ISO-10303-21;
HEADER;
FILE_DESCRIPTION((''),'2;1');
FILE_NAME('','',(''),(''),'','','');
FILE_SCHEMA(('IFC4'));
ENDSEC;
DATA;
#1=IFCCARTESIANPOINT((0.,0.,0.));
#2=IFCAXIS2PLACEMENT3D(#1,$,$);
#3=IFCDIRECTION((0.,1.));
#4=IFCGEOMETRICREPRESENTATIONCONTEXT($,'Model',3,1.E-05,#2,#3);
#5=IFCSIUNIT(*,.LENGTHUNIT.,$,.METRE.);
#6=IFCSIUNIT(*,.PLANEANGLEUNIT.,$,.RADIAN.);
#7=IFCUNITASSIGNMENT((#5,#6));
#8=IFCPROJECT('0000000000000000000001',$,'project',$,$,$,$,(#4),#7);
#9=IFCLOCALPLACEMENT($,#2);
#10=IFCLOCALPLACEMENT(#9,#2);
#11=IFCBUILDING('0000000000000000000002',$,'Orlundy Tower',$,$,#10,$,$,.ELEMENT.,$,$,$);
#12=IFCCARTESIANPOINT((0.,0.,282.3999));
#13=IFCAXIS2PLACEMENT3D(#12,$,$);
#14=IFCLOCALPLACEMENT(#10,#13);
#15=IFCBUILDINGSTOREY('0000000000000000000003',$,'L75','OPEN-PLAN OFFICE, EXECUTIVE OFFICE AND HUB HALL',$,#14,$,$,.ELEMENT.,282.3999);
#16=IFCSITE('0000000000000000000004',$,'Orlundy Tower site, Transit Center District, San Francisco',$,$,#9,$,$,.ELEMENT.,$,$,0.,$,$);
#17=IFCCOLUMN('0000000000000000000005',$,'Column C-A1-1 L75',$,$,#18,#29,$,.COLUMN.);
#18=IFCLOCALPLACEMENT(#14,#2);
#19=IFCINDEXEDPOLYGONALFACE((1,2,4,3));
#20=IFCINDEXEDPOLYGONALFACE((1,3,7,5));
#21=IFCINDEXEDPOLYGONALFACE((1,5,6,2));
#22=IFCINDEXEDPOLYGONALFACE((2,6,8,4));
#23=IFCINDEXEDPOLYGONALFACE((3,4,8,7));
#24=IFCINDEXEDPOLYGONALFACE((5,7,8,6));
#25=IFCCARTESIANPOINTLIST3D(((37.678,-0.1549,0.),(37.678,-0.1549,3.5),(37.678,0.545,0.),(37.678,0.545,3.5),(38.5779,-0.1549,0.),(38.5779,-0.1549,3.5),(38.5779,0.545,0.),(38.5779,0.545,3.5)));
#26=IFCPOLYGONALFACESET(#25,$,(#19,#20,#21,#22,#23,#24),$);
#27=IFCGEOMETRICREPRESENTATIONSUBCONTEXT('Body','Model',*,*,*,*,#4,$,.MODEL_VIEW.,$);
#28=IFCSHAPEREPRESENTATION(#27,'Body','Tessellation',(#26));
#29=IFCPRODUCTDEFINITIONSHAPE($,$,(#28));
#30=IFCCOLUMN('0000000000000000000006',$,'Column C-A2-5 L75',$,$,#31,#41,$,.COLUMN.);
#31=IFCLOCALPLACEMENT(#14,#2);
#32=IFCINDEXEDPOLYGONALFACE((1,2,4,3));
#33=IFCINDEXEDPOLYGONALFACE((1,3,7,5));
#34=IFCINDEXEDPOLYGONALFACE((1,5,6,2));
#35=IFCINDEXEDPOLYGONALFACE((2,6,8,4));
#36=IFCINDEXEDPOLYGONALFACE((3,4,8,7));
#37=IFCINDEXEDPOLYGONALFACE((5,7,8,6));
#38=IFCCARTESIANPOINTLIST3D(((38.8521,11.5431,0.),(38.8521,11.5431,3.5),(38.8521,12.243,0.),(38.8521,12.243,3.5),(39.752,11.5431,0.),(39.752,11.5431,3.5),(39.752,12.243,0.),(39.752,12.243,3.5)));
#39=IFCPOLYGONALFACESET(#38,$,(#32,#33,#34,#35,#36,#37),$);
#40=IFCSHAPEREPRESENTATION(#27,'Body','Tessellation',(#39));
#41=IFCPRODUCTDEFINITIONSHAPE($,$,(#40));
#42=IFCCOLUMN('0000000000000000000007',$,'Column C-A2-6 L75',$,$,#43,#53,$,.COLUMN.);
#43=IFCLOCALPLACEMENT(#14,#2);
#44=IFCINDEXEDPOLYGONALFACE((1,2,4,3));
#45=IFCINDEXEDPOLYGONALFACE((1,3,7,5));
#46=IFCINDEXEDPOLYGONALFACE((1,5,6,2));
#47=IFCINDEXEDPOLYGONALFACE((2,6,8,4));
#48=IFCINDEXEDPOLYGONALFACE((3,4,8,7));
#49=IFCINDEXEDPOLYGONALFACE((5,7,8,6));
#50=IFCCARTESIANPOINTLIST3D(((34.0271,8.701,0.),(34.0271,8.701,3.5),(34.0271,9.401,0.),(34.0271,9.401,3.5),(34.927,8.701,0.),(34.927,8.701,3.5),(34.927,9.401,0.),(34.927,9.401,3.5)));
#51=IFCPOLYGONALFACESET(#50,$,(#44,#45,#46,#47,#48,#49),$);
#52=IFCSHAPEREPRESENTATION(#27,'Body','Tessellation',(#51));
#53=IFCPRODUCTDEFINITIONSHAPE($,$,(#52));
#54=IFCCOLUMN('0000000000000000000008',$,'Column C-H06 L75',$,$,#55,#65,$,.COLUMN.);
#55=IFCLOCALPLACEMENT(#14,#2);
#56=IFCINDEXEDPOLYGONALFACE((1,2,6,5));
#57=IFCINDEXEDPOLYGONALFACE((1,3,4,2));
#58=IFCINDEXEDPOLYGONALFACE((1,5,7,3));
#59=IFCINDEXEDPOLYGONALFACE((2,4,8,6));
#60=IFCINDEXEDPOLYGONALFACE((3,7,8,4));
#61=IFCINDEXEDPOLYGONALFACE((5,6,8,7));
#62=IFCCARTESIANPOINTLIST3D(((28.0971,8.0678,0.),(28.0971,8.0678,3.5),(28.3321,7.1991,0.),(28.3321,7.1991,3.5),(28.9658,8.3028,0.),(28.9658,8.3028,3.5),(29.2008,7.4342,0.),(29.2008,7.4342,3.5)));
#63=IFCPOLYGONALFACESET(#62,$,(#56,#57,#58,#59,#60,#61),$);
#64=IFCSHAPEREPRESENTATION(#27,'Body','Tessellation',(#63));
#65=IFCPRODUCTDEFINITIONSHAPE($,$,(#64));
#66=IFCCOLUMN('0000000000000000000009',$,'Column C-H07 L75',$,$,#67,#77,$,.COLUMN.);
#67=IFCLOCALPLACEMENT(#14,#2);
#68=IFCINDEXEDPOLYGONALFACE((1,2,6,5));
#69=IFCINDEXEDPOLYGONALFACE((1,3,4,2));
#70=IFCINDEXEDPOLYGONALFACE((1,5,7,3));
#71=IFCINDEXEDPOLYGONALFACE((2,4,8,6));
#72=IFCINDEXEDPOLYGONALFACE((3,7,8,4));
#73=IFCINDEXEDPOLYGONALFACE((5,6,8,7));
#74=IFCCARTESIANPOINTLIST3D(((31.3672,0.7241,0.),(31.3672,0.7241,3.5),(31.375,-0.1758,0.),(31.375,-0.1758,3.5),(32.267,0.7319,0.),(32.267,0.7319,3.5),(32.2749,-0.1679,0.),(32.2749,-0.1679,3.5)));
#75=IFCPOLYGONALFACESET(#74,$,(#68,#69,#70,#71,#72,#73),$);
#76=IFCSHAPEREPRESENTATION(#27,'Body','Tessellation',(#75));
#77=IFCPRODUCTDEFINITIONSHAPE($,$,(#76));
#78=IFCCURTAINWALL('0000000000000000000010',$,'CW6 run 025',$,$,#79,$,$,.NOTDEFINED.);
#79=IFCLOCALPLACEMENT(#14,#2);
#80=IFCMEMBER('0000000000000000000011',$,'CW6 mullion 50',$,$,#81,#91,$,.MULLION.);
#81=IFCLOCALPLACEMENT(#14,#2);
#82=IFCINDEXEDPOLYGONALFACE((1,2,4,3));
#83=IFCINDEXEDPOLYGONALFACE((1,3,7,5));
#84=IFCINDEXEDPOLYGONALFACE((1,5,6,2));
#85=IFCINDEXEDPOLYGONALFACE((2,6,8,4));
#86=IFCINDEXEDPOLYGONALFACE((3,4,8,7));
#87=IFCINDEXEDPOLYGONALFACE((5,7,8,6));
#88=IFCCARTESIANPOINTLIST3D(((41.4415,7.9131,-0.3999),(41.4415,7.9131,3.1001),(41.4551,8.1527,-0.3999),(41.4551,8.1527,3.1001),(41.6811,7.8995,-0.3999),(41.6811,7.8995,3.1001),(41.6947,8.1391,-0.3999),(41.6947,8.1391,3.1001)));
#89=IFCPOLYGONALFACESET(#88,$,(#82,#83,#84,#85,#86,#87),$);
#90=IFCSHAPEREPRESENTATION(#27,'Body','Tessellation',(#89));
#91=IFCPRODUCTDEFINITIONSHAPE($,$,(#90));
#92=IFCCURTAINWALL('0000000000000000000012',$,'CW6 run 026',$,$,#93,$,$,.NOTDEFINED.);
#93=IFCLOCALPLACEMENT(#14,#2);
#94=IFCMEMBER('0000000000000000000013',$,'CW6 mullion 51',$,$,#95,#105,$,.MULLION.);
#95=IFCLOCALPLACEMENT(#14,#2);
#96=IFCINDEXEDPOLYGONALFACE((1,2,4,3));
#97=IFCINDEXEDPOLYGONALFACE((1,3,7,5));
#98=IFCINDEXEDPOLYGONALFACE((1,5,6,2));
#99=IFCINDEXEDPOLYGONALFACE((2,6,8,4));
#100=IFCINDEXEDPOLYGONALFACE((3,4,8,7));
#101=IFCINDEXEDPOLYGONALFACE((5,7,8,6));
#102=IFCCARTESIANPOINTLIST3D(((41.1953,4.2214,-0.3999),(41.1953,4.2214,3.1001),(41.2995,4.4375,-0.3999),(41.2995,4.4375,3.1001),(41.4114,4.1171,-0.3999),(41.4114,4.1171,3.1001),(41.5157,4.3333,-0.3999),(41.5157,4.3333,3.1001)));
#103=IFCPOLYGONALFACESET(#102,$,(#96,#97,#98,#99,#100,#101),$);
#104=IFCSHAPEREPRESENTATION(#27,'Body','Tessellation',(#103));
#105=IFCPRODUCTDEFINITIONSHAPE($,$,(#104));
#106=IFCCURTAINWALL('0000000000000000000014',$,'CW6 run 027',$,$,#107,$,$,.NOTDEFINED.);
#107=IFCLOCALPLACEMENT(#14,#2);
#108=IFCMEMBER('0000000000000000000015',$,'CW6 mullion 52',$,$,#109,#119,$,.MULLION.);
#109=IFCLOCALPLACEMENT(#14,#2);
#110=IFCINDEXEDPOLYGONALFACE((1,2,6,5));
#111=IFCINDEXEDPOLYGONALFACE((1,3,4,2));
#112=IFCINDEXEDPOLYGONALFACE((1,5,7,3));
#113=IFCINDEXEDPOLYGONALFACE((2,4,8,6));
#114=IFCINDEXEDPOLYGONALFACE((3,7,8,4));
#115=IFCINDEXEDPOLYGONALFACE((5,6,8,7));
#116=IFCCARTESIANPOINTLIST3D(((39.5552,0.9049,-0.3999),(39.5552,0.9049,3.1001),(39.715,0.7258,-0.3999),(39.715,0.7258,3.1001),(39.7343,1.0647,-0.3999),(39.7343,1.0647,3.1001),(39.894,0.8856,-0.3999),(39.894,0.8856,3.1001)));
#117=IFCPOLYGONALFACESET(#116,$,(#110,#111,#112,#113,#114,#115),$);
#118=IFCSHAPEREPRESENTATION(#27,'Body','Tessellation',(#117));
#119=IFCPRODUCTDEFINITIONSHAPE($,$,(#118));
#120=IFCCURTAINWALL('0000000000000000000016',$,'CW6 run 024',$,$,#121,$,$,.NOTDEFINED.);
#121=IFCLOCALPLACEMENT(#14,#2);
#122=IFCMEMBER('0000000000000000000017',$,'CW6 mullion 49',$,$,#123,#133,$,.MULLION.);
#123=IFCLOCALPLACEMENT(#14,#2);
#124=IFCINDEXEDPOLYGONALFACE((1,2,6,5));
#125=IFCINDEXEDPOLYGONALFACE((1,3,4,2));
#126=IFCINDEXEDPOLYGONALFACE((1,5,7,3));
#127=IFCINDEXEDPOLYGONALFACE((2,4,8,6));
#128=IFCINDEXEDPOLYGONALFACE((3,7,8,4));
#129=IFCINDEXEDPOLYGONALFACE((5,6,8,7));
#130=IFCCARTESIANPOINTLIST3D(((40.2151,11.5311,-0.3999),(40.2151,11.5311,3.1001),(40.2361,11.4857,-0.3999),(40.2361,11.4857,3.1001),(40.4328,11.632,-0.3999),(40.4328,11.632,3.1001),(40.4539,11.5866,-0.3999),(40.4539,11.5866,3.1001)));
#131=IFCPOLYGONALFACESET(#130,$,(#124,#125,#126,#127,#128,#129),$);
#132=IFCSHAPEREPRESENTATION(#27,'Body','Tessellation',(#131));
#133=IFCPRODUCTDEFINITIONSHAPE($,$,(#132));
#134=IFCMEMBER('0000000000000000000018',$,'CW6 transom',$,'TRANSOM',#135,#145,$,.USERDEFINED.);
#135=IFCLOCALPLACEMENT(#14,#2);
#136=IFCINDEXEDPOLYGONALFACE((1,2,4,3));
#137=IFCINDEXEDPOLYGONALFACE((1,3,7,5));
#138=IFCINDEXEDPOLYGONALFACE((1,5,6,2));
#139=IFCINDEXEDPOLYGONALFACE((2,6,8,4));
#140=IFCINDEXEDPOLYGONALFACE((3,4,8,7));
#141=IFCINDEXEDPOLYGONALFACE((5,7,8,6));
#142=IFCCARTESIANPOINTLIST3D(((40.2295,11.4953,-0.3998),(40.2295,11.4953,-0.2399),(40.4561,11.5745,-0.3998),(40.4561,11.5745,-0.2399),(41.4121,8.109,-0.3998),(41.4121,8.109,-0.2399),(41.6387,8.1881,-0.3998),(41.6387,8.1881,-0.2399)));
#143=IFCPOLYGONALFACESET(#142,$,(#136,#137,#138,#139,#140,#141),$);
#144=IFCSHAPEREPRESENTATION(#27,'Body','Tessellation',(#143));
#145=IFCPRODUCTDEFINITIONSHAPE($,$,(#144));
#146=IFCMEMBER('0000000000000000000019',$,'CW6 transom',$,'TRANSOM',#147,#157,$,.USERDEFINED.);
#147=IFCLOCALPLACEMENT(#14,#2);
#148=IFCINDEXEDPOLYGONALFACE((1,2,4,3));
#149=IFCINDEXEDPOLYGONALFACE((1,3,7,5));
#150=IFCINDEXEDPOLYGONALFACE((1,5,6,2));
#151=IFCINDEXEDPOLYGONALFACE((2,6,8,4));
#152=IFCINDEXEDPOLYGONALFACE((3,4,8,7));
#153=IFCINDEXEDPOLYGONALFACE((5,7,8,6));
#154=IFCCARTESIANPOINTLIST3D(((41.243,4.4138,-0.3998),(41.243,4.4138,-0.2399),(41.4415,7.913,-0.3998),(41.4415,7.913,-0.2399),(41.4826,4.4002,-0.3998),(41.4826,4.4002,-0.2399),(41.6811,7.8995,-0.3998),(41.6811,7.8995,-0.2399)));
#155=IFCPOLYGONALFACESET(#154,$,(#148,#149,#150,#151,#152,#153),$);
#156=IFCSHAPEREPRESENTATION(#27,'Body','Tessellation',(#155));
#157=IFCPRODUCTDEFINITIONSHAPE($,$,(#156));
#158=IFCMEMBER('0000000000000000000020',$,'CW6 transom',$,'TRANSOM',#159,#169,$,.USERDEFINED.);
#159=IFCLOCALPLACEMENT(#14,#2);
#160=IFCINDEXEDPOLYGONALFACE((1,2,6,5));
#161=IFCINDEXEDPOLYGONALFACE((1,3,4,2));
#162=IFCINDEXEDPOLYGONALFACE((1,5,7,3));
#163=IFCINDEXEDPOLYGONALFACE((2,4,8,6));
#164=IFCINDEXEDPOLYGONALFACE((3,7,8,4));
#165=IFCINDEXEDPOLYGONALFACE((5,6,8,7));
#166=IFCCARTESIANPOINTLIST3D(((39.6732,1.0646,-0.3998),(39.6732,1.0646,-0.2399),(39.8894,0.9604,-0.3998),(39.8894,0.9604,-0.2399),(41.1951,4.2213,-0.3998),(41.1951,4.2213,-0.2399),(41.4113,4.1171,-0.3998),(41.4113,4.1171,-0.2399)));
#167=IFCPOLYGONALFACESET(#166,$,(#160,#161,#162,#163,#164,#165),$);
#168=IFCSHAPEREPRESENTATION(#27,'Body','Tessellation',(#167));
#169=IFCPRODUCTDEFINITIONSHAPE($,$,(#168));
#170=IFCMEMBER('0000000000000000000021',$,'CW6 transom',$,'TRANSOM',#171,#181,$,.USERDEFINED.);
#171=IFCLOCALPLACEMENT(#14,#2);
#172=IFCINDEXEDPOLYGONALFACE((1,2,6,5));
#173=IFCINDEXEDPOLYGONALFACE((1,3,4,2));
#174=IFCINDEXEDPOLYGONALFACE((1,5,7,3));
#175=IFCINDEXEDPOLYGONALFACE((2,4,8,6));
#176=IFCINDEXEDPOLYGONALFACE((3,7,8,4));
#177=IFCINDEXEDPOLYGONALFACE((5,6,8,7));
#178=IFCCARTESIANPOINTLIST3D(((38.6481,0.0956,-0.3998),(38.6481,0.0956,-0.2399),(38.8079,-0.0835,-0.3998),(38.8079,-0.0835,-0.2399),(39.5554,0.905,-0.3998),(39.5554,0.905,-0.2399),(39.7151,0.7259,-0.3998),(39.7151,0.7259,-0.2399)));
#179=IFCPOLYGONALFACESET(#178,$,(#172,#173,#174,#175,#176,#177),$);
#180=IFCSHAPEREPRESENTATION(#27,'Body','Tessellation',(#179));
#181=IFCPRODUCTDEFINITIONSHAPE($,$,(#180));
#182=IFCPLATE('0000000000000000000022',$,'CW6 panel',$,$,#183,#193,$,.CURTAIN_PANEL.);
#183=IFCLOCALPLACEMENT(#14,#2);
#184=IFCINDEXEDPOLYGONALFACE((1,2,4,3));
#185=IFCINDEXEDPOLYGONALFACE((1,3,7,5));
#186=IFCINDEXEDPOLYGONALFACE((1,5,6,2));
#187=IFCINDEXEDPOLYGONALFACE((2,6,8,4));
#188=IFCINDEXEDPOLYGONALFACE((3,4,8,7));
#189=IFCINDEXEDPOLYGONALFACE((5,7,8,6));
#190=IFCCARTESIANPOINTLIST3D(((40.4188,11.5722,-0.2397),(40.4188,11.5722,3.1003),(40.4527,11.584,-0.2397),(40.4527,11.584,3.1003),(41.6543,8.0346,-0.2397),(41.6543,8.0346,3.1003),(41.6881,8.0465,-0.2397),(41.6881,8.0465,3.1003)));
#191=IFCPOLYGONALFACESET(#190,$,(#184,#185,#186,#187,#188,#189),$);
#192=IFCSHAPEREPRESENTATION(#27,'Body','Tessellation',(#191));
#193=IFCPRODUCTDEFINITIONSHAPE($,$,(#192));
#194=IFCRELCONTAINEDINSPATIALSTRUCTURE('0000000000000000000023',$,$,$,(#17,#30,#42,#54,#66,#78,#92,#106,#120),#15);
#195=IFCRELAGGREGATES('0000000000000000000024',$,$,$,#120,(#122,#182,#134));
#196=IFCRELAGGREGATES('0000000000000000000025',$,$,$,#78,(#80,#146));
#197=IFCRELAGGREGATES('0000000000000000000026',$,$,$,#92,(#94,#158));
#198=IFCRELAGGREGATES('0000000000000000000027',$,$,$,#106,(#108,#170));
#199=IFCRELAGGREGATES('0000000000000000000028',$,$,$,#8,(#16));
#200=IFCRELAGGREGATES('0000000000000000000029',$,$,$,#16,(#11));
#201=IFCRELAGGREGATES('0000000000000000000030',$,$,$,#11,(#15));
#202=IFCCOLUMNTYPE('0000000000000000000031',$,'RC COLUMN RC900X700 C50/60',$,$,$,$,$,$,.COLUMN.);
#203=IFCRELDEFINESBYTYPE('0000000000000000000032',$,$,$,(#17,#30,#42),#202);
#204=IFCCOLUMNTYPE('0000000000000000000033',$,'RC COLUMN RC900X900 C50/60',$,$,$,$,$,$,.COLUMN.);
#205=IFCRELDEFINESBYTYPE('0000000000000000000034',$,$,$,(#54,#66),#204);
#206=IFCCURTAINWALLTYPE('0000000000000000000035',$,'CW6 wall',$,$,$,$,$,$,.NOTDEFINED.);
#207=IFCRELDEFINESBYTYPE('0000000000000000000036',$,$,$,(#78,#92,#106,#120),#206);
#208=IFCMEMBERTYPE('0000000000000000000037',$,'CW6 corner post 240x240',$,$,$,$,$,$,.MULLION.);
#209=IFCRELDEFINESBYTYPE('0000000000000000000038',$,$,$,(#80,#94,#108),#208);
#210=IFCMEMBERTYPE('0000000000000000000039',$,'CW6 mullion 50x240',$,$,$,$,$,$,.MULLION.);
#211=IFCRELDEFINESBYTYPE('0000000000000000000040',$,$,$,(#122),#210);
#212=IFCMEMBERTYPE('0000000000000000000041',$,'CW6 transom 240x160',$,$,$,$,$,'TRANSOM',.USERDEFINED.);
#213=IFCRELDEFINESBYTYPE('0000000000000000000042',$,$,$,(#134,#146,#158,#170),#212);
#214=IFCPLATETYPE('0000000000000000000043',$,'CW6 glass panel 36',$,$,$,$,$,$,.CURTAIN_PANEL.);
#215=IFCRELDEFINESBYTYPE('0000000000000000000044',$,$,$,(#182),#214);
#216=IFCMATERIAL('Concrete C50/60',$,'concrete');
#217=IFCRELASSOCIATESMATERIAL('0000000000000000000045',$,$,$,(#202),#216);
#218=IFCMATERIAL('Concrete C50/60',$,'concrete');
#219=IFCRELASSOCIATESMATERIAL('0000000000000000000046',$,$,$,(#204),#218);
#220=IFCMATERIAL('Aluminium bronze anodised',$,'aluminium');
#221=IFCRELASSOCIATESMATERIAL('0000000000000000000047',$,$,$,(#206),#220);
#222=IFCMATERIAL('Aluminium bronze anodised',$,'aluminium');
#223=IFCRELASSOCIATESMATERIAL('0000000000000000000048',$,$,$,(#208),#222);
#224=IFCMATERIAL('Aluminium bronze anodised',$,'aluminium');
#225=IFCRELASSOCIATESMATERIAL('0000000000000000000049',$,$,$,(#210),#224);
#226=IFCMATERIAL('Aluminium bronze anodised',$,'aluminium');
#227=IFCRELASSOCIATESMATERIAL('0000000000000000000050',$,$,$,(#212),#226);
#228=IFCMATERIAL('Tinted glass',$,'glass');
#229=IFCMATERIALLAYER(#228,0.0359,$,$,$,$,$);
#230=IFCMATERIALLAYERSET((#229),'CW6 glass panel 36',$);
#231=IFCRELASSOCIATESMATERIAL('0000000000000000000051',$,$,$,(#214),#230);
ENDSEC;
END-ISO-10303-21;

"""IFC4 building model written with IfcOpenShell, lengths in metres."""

from ifc_helpers import new_model, si_unit, direction, frame, origin, origin_2d, place, context, subcontext, project, spatial, rectangle, extrude, material, layer, layer_set, material_profile, profile_set, type_object, element, aggregate, save


model = new_model("IFC4")

# Units and contexts
model_context = context("Model", 3, precision=1e-05, world=origin(), true_north=direction((0.0, 1.0)))
body_context = subcontext(model_context, "Body", "Model", "MODEL_VIEW")
ifc_project = project(units=[si_unit("LENGTHUNIT", "METRE"), si_unit("PLANEANGLEUNIT", "RADIAN")], contexts=[model_context])

# Site, building, storey
site_placement = place(None, origin())
site = spatial("IfcSite", under=ifc_project, at=site_placement, Name="Orlundy Tower site, Transit Center District, San Francisco", CompositionType="ELEMENT", RefElevation=0.0)
building_placement = place(site_placement, origin())
building = spatial("IfcBuilding", under=site, at=building_placement, Name="Orlundy Tower", CompositionType="ELEMENT")
storey_placement = place(building_placement, frame((0.0, 0.0, 282.3999)))
storey = spatial("IfcBuildingStorey", under=building, at=storey_placement, Name="L75", Description="OPEN-PLAN OFFICE, EXECUTIVE OFFICE AND HUB HALL", CompositionType="ELEMENT", Elevation=282.3999)

# Columns
ifc_material_1 = material(Name="Concrete C50/60", Category="concrete")
ifc_material_profile_1 = material_profile(ifc_material_1, rectangle(XDim=0.8999, YDim=0.7, at=origin_2d()), Name="RC900X700")
ifc_profile_set_1 = profile_set([ifc_material_profile_1], Name="Concrete C50/60")
column_type_1 = type_object("IfcColumnType", Name="RC COLUMN RC900X700 C50/60", PredefinedType="COLUMN", material=ifc_profile_set_1)
for number, where, z_axis, x_axis, name in (
    (1, (38.1279, 0.1951, 0.0), (0.0, 0.0, 1.0), (1.0, 0.0, 0.0), "Column C-A1-1 L75"),
    (2, (39.302, 11.8931, 0.0), (0.0, 0.0, 1.0), (1.0, 0.0, 0.0), "Column C-A2-5 L75"),
    (3, (34.4771, 9.051, 0.0), (0.0, 0.0, 1.0), (1.0, 0.0, 0.0), "Column C-A2-6 L75"),
):
    element("IfcColumn", number, at=place(storey_placement, frame(where, z_axis=z_axis, x_axis=x_axis)), inside=storey, type_object=column_type_1, Name=name, PredefinedType="COLUMN", context=body_context, shape_type="SweptSolid", body=[
        extrude(rectangle(XDim=0.8999, YDim=0.7, at=origin_2d()), origin(), (0.0, 0.0, 1.0), 3.5),
    ])
ifc_material_2 = material(Name="Concrete C50/60", Category="concrete")
ifc_material_profile_2 = material_profile(ifc_material_2, rectangle(XDim=0.8999, YDim=0.8999, at=origin_2d()), Name="RC900X900")
ifc_profile_set_2 = profile_set([ifc_material_profile_2], Name="Concrete C50/60")
column_type_2 = type_object("IfcColumnType", Name="RC COLUMN RC900X900 C50/60", PredefinedType="COLUMN", material=ifc_profile_set_2)
for number, where, z_axis, x_axis, name in (
    (4, (28.6489, 7.751, 0.0), (0.0, 0.0, 1.0), (0.965295, 0.261162, 0.0), "Column C-H06 L75"),
    (5, (31.821, 0.2781, 0.0), (0.0, 0.0, 1.0), (0.999962, 0.008744, 0.0), "Column C-H07 L75"),
):
    element("IfcColumn", number, at=place(storey_placement, frame(where, z_axis=z_axis, x_axis=x_axis)), inside=storey, type_object=column_type_2, Name=name, PredefinedType="COLUMN", context=body_context, shape_type="SweptSolid", body=[
        extrude(rectangle(XDim=0.8999, YDim=0.8999, at=origin_2d()), origin(), (0.0, 0.0, 1.0), 3.5),
    ])

# Curtain walls, members
ifc_material_3 = material(Name="Aluminium bronze anodised", Category="aluminium")
curtain_wall_type = type_object("IfcCurtainWallType", Name="CW6 wall", PredefinedType="NOTDEFINED", material=ifc_material_3)
curtain_wall_1_placement = place(storey_placement, origin())
curtain_wall_1 = element("IfcCurtainWall", 6, at=curtain_wall_1_placement, inside=storey, type_object=curtain_wall_type, Name="CW6 run 025", PredefinedType="NOTDEFINED")
ifc_material_4 = material(Name="Aluminium bronze anodised", Category="aluminium")
ifc_material_profile_3 = material_profile(ifc_material_4, rectangle(XDim=0.24, YDim=0.24, at=origin_2d()), Name="CW6 corner post 240x240")
ifc_profile_set_3 = profile_set([ifc_material_profile_3], Name="Aluminium bronze anodised")
member_type_1 = type_object("IfcMemberType", Name="CW6 corner post 240x240", PredefinedType="MULLION", material=ifc_profile_set_3)
member_1_placement = place(storey_placement, frame((41.5681, 8.0261, -0.3999), z_axis=(0.0, 0.0, 1.0), x_axis=(0.998394, -0.05665, 0.0)))
member_1 = element("IfcMember", 7, at=member_1_placement, type_object=member_type_1, Name="CW6 mullion 50", PredefinedType="MULLION", context=body_context, shape_type="SweptSolid", body=[
    extrude(rectangle(XDim=0.24, YDim=0.24, at=origin_2d()), origin(), (0.0, 0.0, 1.0), 3.5),
])
curtain_wall_2_placement = place(storey_placement, origin())
curtain_wall_2 = element("IfcCurtainWall", 8, at=curtain_wall_2_placement, inside=storey, type_object=curtain_wall_type, Name="CW6 run 026", PredefinedType="NOTDEFINED")
member_2_placement = place(storey_placement, frame((41.3555, 4.2773, -0.3999), z_axis=(0.0, 0.0, 1.0), x_axis=(0.900755, -0.434327, 0.0)))
member_2 = element("IfcMember", 9, at=member_2_placement, type_object=member_type_1, Name="CW6 mullion 51", PredefinedType="MULLION", context=body_context, shape_type="SweptSolid", body=[
    extrude(rectangle(XDim=0.24, YDim=0.24, at=origin_2d()), origin(), (0.0, 0.0, 1.0), 3.5),
])
curtain_wall_3_placement = place(storey_placement, origin())
curtain_wall_3 = element("IfcCurtainWall", 10, at=curtain_wall_3_placement, inside=storey, type_object=curtain_wall_type, Name="CW6 run 027", PredefinedType="NOTDEFINED")
member_3_placement = place(storey_placement, frame((39.7246, 0.8953, -0.3999), z_axis=(0.0, 0.0, 1.0), x_axis=(0.665769, -0.746158, 0.0)))
member_3 = element("IfcMember", 11, at=member_3_placement, type_object=member_type_1, Name="CW6 mullion 52", PredefinedType="MULLION", context=body_context, shape_type="SweptSolid", body=[
    extrude(rectangle(XDim=0.24, YDim=0.24, at=origin_2d()), origin(), (0.0, 0.0, 1.0), 3.5),
])

# Curtain wall, members
curtain_wall_4_placement = place(storey_placement, origin())
curtain_wall_4 = element("IfcCurtainWall", 12, at=curtain_wall_4_placement, inside=storey, type_object=curtain_wall_type, Name="CW6 run 024", PredefinedType="NOTDEFINED")
ifc_material_5 = material(Name="Aluminium bronze anodised", Category="aluminium")
ifc_material_profile_4 = material_profile(ifc_material_5, rectangle(XDim=0.24, YDim=0.05, at=origin_2d()), Name="CW6 mullion 50x240")
ifc_profile_set_4 = profile_set([ifc_material_profile_4], Name="Aluminium bronze anodised")
member_type_2 = type_object("IfcMemberType", Name="CW6 mullion 50x240", PredefinedType="MULLION", material=ifc_profile_set_4)
member_4_placement = place(storey_placement, frame((40.3345, 11.5588, -0.3999), z_axis=(0.0, 0.0, 1.0), x_axis=(0.907224, 0.420648, 0.0)))
member_4 = element("IfcMember", 13, at=member_4_placement, type_object=member_type_2, Name="CW6 mullion 49", PredefinedType="MULLION", context=body_context, shape_type="SweptSolid", body=[
    extrude(rectangle(XDim=0.24, YDim=0.05, at=origin_2d()), origin(), (0.0, 0.0, 1.0), 3.5),
])
ifc_material_6 = material(Name="Aluminium bronze anodised", Category="aluminium")
ifc_material_profile_5 = material_profile(ifc_material_6, rectangle(XDim=0.24, YDim=0.1599, at=origin_2d()), Name="CW6 transom 240x160")
ifc_profile_set_5 = profile_set([ifc_material_profile_5], Name="Aluminium bronze anodised")
member_type_3 = type_object("IfcMemberType", Name="CW6 transom 240x160", ElementType="TRANSOM", PredefinedType="USERDEFINED", material=ifc_profile_set_5)
member_5_placement = place(storey_placement, frame((40.3428, 11.5349, -0.3198), z_axis=(0.329714, -0.944081, 0.0), x_axis=(0.944081, 0.329714, 0.0)))
member_5 = element("IfcMember", 14, at=member_5_placement, type_object=member_type_3, Name="CW6 transom", ObjectType="TRANSOM", PredefinedType="USERDEFINED", context=body_context, shape_type="SweptSolid", body=[
    extrude(rectangle(XDim=0.24, YDim=0.1599, at=origin_2d()), origin(), (0.0, 0.0, 1.0), 3.5869),
])

# Members
member_6_placement = place(storey_placement, frame((41.5613, 7.9062, -0.3198), z_axis=(-0.056631, -0.998395, 0.0), x_axis=(0.998395, -0.056631, 0.0)))
member_6 = element("IfcMember", 15, at=member_6_placement, type_object=member_type_3, Name="CW6 transom", ObjectType="TRANSOM", PredefinedType="USERDEFINED", context=body_context, shape_type="SweptSolid", body=[
    extrude(rectangle(XDim=0.24, YDim=0.1599, at=origin_2d()), origin(), (0.0, 0.0, 1.0), 3.5049),
])
member_7_placement = place(storey_placement, frame((41.3032, 4.1692, -0.3198), z_axis=(-0.434293, -0.900772, 0.0), x_axis=(0.900772, -0.434293, 0.0)))
member_7 = element("IfcMember", 16, at=member_7_placement, type_object=member_type_3, Name="CW6 transom", ObjectType="TRANSOM", PredefinedType="USERDEFINED", context=body_context, shape_type="SweptSolid", body=[
    extrude(rectangle(XDim=0.24, YDim=0.1599, at=origin_2d()), origin(), (0.0, 0.0, 1.0), 3.5044),
])
member_8_placement = place(storey_placement, frame((39.6353, 0.8154, -0.3198), z_axis=(-0.746223, -0.665696, 0.0), x_axis=(0.665696, -0.746223, 0.0)))
member_8 = element("IfcMember", 17, at=member_8_placement, type_object=member_type_3, Name="CW6 transom", ObjectType="TRANSOM", PredefinedType="USERDEFINED", context=body_context, shape_type="SweptSolid", body=[
    extrude(rectangle(XDim=0.24, YDim=0.1599, at=origin_2d()), origin(), (0.0, 0.0, 1.0), 1.2158),
])

# Plate
ifc_material_7 = material(Name="Tinted glass", Category="glass")
ifc_layer_1 = layer(ifc_material_7, 0.0359)
ifc_layer_set_1 = layer_set([ifc_layer_1], Name="CW6 glass panel 36")
plate_type = type_object("IfcPlateType", Name="CW6 glass panel 36", PredefinedType="CURTAIN_PANEL", material=ifc_layer_set_1)
plate_1_placement = place(storey_placement, frame((41.0535, 9.8093, -0.2397), z_axis=(0.0, 0.0, 1.0), x_axis=(0.329713, -0.944081, 0.0)))
plate_1 = element("IfcPlate", 18, at=plate_1_placement, type_object=plate_type, Name="CW6 panel", PredefinedType="CURTAIN_PANEL", context=body_context, shape_type="SweptSolid", body=[
    extrude(rectangle(XDim=3.7471, YDim=0.0359, at=origin_2d()), origin(), (0.0, 0.0, 1.0), 3.3401),
])
aggregate(curtain_wall_4, [member_4, plate_1, member_5])
aggregate(curtain_wall_1, [member_1, member_6])
aggregate(curtain_wall_2, [member_2, member_7])
aggregate(curtain_wall_3, [member_3, member_8])

save(model, "model.ifc")
